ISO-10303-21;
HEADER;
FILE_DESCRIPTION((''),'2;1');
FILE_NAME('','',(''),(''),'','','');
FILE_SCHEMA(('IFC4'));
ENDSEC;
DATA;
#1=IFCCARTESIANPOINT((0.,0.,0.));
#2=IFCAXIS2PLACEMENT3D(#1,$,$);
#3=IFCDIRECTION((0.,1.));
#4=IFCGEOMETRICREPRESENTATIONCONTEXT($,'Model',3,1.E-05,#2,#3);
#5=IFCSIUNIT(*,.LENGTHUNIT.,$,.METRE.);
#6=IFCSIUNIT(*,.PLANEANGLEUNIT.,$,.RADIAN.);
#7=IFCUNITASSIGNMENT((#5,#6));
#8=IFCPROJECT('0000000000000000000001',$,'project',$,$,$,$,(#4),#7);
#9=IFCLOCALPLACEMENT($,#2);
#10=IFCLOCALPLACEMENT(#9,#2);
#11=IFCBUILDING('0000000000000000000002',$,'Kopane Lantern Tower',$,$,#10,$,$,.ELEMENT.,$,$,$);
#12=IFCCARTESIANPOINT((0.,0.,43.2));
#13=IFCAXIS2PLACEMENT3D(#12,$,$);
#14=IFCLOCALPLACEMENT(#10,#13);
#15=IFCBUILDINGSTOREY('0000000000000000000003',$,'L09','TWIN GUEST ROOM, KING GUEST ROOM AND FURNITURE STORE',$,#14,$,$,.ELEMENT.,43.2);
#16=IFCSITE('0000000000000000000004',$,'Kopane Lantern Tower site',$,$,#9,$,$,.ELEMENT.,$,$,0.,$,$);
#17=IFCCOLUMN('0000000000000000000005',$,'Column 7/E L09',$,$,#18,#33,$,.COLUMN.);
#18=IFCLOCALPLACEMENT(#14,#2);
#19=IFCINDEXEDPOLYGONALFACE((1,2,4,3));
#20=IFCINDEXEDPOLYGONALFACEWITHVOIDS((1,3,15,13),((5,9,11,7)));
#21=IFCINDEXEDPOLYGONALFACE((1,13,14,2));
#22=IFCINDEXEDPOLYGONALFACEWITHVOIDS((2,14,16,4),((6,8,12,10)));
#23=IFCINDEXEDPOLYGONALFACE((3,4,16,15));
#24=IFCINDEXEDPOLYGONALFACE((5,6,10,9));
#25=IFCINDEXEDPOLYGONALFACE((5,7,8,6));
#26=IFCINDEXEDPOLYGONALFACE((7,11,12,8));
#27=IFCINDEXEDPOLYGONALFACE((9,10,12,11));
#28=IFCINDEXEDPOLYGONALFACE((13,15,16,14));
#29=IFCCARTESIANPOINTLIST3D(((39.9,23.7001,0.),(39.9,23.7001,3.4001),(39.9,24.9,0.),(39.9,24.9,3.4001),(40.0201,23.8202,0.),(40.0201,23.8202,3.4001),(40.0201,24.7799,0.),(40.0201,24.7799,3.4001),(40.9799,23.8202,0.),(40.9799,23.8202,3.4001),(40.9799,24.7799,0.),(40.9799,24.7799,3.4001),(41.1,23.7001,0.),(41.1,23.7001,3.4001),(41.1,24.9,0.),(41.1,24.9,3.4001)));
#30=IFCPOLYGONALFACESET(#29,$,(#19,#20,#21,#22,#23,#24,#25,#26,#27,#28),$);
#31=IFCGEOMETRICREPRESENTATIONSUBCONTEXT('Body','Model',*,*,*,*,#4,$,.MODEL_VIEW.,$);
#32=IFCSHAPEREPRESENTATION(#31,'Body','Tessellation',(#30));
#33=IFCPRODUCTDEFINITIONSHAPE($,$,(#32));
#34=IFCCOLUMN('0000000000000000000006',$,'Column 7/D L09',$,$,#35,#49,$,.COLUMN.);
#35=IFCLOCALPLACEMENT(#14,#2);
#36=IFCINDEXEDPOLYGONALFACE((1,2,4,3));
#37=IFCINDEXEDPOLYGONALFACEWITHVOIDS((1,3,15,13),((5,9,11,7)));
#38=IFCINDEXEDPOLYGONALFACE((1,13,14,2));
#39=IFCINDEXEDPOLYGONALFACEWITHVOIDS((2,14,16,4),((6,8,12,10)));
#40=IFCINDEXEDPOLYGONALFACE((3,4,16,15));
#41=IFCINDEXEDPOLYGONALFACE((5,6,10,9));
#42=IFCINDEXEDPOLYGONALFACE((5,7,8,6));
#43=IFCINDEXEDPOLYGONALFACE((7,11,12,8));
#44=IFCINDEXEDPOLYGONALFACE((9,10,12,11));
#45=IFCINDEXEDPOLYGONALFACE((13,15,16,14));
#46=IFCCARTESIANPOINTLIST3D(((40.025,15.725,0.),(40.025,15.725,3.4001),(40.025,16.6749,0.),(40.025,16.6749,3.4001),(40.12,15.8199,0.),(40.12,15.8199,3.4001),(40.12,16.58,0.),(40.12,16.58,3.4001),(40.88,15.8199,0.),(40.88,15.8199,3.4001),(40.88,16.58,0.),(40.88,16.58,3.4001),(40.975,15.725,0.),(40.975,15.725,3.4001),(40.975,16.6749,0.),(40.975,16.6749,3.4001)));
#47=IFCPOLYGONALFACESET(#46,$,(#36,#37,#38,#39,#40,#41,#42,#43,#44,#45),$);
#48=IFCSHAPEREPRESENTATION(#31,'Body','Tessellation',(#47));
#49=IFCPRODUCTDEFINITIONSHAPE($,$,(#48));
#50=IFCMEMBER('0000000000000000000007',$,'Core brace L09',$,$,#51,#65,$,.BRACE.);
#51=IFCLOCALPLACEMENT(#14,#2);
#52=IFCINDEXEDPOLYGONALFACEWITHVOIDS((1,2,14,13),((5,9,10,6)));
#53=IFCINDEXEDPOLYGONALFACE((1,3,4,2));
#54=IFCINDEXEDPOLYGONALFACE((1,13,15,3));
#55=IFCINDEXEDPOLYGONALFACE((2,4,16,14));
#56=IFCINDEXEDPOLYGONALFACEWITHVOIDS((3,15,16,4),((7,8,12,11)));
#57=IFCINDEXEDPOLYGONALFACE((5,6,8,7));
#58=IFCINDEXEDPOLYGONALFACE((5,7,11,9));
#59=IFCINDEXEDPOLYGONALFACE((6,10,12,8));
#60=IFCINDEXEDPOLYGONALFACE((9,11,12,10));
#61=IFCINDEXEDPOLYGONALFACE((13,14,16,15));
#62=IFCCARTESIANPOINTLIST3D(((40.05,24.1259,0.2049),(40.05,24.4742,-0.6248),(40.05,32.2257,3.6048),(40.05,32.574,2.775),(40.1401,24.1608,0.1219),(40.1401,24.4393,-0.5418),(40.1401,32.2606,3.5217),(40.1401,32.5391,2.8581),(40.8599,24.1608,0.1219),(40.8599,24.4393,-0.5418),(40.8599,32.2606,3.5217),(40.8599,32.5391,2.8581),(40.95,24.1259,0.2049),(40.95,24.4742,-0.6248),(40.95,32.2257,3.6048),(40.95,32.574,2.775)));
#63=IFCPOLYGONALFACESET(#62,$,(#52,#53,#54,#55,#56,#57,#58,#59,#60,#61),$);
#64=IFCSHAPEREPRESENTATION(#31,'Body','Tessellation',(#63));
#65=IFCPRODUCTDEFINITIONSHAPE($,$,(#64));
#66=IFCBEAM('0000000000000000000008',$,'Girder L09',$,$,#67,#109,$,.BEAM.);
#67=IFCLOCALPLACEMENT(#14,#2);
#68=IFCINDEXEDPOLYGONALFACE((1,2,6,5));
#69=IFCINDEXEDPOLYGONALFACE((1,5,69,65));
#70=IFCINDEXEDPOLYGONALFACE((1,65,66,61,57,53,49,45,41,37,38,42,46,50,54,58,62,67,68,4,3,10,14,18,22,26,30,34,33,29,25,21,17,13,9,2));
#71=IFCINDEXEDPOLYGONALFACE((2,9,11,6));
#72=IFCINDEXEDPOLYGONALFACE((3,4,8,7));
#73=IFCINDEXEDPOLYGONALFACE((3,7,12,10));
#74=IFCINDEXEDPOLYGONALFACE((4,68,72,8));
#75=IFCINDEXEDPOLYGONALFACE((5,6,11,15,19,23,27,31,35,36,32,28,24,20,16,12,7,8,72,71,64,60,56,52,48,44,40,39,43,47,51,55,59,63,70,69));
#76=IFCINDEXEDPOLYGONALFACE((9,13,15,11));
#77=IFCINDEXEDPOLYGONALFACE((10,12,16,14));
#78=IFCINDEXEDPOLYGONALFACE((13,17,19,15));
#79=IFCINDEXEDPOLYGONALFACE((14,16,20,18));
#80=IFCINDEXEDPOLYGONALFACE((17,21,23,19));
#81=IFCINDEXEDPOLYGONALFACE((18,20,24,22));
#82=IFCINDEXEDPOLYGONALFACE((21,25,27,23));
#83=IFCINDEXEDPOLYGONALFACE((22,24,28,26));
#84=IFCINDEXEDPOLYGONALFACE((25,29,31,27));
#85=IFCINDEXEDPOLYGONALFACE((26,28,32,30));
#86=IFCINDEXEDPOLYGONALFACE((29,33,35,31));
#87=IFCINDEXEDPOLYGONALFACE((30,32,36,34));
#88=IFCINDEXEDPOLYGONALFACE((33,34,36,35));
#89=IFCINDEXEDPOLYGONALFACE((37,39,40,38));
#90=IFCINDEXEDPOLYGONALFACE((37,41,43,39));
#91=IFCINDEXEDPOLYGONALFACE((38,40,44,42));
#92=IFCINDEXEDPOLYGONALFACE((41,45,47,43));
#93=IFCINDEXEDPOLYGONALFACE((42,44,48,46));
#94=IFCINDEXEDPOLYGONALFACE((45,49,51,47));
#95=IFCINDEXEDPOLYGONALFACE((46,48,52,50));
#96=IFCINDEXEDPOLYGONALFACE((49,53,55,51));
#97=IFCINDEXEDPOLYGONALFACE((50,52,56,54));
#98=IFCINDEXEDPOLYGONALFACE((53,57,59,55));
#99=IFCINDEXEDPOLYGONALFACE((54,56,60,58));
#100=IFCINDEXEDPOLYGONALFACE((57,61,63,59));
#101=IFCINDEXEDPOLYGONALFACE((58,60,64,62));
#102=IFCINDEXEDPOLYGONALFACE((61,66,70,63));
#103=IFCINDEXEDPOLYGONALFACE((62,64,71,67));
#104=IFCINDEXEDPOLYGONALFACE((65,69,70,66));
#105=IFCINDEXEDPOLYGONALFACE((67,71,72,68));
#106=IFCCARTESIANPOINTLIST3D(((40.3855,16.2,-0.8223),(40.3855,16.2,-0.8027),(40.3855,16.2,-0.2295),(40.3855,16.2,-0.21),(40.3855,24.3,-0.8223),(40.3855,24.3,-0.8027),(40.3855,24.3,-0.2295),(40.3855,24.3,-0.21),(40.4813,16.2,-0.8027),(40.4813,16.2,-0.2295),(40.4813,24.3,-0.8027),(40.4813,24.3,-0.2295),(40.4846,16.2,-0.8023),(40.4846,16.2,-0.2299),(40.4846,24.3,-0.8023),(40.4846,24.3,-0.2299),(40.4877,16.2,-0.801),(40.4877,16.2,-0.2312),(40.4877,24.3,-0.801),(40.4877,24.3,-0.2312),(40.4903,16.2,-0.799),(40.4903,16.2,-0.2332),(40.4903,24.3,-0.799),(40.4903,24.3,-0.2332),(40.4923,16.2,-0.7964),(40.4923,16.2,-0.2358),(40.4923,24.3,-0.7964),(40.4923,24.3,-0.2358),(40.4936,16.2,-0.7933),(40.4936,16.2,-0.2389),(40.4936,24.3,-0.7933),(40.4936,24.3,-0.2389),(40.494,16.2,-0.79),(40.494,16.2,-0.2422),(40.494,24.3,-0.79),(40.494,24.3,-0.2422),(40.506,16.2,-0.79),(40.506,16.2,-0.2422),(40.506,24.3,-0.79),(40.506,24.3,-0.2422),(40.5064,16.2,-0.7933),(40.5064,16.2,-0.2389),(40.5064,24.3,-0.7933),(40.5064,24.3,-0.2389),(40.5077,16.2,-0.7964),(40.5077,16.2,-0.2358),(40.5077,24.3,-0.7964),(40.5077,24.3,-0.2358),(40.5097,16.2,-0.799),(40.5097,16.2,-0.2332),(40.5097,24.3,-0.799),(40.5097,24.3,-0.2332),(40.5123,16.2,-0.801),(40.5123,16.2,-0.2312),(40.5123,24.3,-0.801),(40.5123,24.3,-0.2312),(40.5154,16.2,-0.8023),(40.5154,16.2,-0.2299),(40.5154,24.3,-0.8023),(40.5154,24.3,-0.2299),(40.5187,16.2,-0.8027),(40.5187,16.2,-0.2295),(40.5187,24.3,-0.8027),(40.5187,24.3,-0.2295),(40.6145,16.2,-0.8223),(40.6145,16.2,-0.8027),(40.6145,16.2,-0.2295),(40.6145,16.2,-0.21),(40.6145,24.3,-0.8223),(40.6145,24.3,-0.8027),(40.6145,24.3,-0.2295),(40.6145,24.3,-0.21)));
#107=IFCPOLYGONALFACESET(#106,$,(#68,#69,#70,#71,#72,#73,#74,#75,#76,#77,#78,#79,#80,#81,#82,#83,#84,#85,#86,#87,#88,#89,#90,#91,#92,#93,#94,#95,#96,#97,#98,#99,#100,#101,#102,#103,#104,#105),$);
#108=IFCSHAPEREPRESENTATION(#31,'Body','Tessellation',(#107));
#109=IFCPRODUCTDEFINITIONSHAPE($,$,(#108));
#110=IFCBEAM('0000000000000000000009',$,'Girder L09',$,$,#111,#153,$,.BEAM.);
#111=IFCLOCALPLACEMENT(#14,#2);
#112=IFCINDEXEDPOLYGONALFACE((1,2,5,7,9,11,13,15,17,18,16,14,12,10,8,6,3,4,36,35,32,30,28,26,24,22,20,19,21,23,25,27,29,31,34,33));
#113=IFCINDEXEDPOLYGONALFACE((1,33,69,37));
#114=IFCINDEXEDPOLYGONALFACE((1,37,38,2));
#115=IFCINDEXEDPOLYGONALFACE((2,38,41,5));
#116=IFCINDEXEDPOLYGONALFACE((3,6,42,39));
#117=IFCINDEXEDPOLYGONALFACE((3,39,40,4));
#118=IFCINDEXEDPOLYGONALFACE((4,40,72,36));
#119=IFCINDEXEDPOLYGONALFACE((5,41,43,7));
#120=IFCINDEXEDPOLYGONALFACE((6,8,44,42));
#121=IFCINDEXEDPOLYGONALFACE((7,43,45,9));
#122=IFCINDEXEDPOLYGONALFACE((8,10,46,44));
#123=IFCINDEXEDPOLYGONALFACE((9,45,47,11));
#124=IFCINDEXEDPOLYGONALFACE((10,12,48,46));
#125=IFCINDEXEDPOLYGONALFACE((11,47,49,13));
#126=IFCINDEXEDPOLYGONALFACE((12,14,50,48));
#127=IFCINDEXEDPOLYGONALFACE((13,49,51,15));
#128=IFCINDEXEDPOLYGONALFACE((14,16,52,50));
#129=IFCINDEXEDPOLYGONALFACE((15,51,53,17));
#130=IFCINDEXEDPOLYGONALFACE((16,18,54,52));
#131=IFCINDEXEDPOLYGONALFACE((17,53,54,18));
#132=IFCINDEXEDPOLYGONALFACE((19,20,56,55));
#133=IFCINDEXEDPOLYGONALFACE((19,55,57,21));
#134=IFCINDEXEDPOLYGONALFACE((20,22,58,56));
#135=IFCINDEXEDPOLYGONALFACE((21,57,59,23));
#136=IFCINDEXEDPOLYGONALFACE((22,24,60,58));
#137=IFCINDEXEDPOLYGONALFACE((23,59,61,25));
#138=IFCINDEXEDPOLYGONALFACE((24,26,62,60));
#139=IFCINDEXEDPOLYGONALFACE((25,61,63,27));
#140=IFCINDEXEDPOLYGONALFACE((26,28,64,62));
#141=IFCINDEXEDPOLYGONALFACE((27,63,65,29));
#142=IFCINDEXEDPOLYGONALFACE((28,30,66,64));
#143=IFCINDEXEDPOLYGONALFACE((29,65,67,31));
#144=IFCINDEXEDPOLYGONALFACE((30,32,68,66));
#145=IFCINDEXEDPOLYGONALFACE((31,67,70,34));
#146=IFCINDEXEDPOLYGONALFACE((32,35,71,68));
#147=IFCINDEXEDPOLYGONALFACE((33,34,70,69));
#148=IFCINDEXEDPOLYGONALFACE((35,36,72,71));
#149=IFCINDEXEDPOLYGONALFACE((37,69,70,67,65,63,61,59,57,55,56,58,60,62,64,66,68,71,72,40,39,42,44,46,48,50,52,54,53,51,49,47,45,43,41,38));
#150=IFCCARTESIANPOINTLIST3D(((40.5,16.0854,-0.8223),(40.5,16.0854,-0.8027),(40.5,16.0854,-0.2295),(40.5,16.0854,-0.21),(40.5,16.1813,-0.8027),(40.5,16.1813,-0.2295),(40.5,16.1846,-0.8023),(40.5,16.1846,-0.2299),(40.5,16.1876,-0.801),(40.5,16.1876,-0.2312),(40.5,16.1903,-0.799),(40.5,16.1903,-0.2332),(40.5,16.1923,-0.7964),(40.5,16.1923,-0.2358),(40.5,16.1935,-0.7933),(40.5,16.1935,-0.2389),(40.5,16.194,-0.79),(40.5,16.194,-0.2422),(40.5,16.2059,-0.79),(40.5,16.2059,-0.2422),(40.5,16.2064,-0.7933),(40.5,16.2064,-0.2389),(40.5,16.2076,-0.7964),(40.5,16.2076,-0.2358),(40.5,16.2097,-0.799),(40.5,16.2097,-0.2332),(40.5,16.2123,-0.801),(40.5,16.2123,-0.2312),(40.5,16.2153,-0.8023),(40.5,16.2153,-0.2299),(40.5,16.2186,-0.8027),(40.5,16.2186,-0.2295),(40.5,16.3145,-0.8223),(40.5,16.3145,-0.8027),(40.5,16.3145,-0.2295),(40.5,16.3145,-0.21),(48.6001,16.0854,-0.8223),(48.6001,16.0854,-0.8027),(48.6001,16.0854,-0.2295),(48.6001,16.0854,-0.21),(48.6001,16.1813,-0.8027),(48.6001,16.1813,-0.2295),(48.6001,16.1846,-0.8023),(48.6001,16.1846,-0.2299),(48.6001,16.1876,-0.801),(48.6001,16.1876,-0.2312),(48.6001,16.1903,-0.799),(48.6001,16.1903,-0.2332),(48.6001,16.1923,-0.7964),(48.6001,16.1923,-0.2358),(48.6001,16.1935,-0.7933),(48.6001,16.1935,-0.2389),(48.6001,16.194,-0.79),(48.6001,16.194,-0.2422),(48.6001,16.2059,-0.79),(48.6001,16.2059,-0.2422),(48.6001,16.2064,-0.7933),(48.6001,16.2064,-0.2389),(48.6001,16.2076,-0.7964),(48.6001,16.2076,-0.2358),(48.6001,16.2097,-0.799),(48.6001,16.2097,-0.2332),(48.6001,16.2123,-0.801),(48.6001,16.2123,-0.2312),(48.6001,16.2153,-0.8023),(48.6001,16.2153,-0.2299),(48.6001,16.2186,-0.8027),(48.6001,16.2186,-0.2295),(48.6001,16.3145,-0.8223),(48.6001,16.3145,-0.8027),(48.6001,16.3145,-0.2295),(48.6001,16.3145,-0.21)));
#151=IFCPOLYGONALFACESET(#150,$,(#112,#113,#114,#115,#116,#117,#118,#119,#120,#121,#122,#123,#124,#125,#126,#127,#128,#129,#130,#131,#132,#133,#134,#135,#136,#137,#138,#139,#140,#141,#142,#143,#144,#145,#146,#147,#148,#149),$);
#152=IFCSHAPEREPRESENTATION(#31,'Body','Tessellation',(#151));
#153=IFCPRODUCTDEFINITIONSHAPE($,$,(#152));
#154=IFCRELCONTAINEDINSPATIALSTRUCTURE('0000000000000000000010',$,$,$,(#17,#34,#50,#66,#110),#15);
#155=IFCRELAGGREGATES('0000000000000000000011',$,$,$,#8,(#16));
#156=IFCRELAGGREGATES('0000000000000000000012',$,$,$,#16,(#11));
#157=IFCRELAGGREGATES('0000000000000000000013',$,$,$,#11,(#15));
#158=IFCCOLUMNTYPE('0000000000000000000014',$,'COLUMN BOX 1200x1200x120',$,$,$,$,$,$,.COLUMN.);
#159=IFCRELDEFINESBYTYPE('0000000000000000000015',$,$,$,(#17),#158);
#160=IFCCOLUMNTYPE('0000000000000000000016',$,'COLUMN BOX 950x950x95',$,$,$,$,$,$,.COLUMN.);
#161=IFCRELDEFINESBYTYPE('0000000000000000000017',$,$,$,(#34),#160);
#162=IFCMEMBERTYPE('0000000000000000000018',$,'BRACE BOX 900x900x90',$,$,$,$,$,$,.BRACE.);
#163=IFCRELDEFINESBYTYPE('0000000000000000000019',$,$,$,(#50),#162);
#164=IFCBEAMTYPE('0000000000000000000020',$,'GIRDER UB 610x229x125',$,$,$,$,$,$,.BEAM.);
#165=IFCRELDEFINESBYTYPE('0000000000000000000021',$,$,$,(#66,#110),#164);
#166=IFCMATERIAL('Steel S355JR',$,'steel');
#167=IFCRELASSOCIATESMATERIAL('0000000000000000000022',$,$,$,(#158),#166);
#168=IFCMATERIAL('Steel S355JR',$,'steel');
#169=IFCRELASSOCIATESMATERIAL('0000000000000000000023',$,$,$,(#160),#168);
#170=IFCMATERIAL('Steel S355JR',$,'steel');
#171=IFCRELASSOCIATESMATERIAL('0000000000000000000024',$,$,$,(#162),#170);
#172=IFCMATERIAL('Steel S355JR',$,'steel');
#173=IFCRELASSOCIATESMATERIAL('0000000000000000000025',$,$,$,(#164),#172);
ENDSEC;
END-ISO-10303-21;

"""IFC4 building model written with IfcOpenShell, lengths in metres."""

from ifc_helpers import new_model, si_unit, direction, frame, origin, origin_2d, place, context, subcontext, project, spatial, hollow_rectangle, i_section, extrude, material, material_profile, profile_set, type_object, element, save


model = new_model("IFC4")

# Units and contexts
model_context = context("Model", 3, precision=1e-05, world=origin(), true_north=direction((0.0, 1.0)))
body_context = subcontext(model_context, "Body", "Model", "MODEL_VIEW")
ifc_project = project(units=[si_unit("LENGTHUNIT", "METRE"), si_unit("PLANEANGLEUNIT", "RADIAN")], contexts=[model_context])

# Site, building, storey
site_placement = place(None, origin())
site = spatial("IfcSite", under=ifc_project, at=site_placement, Name="Kopane Lantern Tower site", CompositionType="ELEMENT", RefElevation=0.0)
building_placement = place(site_placement, origin())
building = spatial("IfcBuilding", under=site, at=building_placement, Name="Kopane Lantern Tower", CompositionType="ELEMENT")
storey_placement = place(building_placement, frame((0.0, 0.0, 43.2)))
storey = spatial("IfcBuildingStorey", under=building, at=storey_placement, Name="L09", Description="TWIN GUEST ROOM, KING GUEST ROOM AND FURNITURE STORE", CompositionType="ELEMENT", Elevation=43.2)

# Columns
ifc_material_1 = material(Name="Steel S355JR", Category="steel")
ifc_material_profile_1 = material_profile(ifc_material_1, hollow_rectangle(XDim=1.2, YDim=1.2, WallThickness=0.1201, at=origin_2d()), Name="BOX 1200x1200x120")
ifc_profile_set_1 = profile_set([ifc_material_profile_1], Name="Steel S355JR")
column_type_1 = type_object("IfcColumnType", Name="COLUMN BOX 1200x1200x120", PredefinedType="COLUMN", material=ifc_profile_set_1)
column_1_placement = place(storey_placement, frame((40.5, 24.3, 0.0), z_axis=(0.0, 0.0, 1.0), x_axis=(1.0, 0.0, 0.0)))
element("IfcColumn", 1, at=column_1_placement, inside=storey, type_object=column_type_1, Name="Column 7/E L09", PredefinedType="COLUMN", context=body_context, shape_type="SweptSolid", body=[
    extrude(hollow_rectangle(XDim=1.2, YDim=1.2, WallThickness=0.1201, at=origin_2d()), origin(), (0.0, 0.0, 1.0), 3.4001),
])
ifc_material_2 = material(Name="Steel S355JR", Category="steel")
ifc_material_profile_2 = material_profile(ifc_material_2, hollow_rectangle(XDim=0.95, YDim=0.95, WallThickness=0.095, at=origin_2d()), Name="BOX 950x950x95")
ifc_profile_set_2 = profile_set([ifc_material_profile_2], Name="Steel S355JR")
column_type_2 = type_object("IfcColumnType", Name="COLUMN BOX 950x950x95", PredefinedType="COLUMN", material=ifc_profile_set_2)
column_2_placement = place(storey_placement, frame((40.5, 16.2, 0.0), z_axis=(0.0, 0.0, 1.0), x_axis=(1.0, 0.0, 0.0)))
element("IfcColumn", 2, at=column_2_placement, inside=storey, type_object=column_type_2, Name="Column 7/D L09", PredefinedType="COLUMN", context=body_context, shape_type="SweptSolid", body=[
    extrude(hollow_rectangle(XDim=0.95, YDim=0.95, WallThickness=0.095, at=origin_2d()), origin(), (0.0, 0.0, 1.0), 3.4001),
])

# Member
ifc_material_3 = material(Name="Steel S355JR", Category="steel")
ifc_material_profile_3 = material_profile(ifc_material_3, hollow_rectangle(XDim=0.8999, YDim=0.8999, WallThickness=0.0901, at=origin_2d()), Name="BOX 900x900x90")
ifc_profile_set_3 = profile_set([ifc_material_profile_3], Name="Steel S355JR")
member_type = type_object("IfcMemberType", Name="BRACE BOX 900x900x90", PredefinedType="BRACE", material=ifc_profile_set_3)
member_placement = place(storey_placement, frame((40.5, 24.3, -0.21), z_axis=(0.0, 0.922065, 0.387035), x_axis=(-1.0, 0.0, 0.0)))
element("IfcMember", 3, at=member_placement, inside=storey, type_object=member_type, Name="Core brace L09", PredefinedType="BRACE", context=body_context, shape_type="SweptSolid", body=[
    extrude(hollow_rectangle(XDim=0.8999, YDim=0.8999, WallThickness=0.0901, at=origin_2d()), origin(), (0.0, 0.0, 1.0), 8.7844),
])

# Beams
ifc_material_4 = material(Name="Steel S355JR", Category="steel")
ifc_material_profile_4 = material_profile(ifc_material_4, i_section(OverallWidth=0.229, OverallDepth=0.6123, WebThickness=0.012, FlangeThickness=0.0195, FilletRadius=0.0127, at=origin_2d()), Name="UB 610x229x125")
ifc_profile_set_4 = profile_set([ifc_material_profile_4], Name="Steel S355JR")
beam_type = type_object("IfcBeamType", Name="GIRDER UB 610x229x125", PredefinedType="BEAM", material=ifc_profile_set_4)
for number, where, z_axis, x_axis, name in (
    (4, (40.5, 16.2, -0.5161), (0.0, 1.0, 0.0), (-1.0, 0.0, 0.0), "Girder L09"),
    (5, (40.5, 16.2, -0.5161), (1.0, 0.0, 0.0), (0.0, 1.0, 0.0), "Girder L09"),
):
    element("IfcBeam", number, at=place(storey_placement, frame(where, z_axis=z_axis, x_axis=x_axis)), inside=storey, type_object=beam_type, Name=name, PredefinedType="BEAM", context=body_context, shape_type="SweptSolid", body=[
        extrude(i_section(OverallWidth=0.229, OverallDepth=0.6123, WebThickness=0.012, FlangeThickness=0.0195, FilletRadius=0.0127, at=origin_2d()), origin(), (0.0, 0.0, 1.0), 8.1001),
    ])

save(model, "model.ifc")
